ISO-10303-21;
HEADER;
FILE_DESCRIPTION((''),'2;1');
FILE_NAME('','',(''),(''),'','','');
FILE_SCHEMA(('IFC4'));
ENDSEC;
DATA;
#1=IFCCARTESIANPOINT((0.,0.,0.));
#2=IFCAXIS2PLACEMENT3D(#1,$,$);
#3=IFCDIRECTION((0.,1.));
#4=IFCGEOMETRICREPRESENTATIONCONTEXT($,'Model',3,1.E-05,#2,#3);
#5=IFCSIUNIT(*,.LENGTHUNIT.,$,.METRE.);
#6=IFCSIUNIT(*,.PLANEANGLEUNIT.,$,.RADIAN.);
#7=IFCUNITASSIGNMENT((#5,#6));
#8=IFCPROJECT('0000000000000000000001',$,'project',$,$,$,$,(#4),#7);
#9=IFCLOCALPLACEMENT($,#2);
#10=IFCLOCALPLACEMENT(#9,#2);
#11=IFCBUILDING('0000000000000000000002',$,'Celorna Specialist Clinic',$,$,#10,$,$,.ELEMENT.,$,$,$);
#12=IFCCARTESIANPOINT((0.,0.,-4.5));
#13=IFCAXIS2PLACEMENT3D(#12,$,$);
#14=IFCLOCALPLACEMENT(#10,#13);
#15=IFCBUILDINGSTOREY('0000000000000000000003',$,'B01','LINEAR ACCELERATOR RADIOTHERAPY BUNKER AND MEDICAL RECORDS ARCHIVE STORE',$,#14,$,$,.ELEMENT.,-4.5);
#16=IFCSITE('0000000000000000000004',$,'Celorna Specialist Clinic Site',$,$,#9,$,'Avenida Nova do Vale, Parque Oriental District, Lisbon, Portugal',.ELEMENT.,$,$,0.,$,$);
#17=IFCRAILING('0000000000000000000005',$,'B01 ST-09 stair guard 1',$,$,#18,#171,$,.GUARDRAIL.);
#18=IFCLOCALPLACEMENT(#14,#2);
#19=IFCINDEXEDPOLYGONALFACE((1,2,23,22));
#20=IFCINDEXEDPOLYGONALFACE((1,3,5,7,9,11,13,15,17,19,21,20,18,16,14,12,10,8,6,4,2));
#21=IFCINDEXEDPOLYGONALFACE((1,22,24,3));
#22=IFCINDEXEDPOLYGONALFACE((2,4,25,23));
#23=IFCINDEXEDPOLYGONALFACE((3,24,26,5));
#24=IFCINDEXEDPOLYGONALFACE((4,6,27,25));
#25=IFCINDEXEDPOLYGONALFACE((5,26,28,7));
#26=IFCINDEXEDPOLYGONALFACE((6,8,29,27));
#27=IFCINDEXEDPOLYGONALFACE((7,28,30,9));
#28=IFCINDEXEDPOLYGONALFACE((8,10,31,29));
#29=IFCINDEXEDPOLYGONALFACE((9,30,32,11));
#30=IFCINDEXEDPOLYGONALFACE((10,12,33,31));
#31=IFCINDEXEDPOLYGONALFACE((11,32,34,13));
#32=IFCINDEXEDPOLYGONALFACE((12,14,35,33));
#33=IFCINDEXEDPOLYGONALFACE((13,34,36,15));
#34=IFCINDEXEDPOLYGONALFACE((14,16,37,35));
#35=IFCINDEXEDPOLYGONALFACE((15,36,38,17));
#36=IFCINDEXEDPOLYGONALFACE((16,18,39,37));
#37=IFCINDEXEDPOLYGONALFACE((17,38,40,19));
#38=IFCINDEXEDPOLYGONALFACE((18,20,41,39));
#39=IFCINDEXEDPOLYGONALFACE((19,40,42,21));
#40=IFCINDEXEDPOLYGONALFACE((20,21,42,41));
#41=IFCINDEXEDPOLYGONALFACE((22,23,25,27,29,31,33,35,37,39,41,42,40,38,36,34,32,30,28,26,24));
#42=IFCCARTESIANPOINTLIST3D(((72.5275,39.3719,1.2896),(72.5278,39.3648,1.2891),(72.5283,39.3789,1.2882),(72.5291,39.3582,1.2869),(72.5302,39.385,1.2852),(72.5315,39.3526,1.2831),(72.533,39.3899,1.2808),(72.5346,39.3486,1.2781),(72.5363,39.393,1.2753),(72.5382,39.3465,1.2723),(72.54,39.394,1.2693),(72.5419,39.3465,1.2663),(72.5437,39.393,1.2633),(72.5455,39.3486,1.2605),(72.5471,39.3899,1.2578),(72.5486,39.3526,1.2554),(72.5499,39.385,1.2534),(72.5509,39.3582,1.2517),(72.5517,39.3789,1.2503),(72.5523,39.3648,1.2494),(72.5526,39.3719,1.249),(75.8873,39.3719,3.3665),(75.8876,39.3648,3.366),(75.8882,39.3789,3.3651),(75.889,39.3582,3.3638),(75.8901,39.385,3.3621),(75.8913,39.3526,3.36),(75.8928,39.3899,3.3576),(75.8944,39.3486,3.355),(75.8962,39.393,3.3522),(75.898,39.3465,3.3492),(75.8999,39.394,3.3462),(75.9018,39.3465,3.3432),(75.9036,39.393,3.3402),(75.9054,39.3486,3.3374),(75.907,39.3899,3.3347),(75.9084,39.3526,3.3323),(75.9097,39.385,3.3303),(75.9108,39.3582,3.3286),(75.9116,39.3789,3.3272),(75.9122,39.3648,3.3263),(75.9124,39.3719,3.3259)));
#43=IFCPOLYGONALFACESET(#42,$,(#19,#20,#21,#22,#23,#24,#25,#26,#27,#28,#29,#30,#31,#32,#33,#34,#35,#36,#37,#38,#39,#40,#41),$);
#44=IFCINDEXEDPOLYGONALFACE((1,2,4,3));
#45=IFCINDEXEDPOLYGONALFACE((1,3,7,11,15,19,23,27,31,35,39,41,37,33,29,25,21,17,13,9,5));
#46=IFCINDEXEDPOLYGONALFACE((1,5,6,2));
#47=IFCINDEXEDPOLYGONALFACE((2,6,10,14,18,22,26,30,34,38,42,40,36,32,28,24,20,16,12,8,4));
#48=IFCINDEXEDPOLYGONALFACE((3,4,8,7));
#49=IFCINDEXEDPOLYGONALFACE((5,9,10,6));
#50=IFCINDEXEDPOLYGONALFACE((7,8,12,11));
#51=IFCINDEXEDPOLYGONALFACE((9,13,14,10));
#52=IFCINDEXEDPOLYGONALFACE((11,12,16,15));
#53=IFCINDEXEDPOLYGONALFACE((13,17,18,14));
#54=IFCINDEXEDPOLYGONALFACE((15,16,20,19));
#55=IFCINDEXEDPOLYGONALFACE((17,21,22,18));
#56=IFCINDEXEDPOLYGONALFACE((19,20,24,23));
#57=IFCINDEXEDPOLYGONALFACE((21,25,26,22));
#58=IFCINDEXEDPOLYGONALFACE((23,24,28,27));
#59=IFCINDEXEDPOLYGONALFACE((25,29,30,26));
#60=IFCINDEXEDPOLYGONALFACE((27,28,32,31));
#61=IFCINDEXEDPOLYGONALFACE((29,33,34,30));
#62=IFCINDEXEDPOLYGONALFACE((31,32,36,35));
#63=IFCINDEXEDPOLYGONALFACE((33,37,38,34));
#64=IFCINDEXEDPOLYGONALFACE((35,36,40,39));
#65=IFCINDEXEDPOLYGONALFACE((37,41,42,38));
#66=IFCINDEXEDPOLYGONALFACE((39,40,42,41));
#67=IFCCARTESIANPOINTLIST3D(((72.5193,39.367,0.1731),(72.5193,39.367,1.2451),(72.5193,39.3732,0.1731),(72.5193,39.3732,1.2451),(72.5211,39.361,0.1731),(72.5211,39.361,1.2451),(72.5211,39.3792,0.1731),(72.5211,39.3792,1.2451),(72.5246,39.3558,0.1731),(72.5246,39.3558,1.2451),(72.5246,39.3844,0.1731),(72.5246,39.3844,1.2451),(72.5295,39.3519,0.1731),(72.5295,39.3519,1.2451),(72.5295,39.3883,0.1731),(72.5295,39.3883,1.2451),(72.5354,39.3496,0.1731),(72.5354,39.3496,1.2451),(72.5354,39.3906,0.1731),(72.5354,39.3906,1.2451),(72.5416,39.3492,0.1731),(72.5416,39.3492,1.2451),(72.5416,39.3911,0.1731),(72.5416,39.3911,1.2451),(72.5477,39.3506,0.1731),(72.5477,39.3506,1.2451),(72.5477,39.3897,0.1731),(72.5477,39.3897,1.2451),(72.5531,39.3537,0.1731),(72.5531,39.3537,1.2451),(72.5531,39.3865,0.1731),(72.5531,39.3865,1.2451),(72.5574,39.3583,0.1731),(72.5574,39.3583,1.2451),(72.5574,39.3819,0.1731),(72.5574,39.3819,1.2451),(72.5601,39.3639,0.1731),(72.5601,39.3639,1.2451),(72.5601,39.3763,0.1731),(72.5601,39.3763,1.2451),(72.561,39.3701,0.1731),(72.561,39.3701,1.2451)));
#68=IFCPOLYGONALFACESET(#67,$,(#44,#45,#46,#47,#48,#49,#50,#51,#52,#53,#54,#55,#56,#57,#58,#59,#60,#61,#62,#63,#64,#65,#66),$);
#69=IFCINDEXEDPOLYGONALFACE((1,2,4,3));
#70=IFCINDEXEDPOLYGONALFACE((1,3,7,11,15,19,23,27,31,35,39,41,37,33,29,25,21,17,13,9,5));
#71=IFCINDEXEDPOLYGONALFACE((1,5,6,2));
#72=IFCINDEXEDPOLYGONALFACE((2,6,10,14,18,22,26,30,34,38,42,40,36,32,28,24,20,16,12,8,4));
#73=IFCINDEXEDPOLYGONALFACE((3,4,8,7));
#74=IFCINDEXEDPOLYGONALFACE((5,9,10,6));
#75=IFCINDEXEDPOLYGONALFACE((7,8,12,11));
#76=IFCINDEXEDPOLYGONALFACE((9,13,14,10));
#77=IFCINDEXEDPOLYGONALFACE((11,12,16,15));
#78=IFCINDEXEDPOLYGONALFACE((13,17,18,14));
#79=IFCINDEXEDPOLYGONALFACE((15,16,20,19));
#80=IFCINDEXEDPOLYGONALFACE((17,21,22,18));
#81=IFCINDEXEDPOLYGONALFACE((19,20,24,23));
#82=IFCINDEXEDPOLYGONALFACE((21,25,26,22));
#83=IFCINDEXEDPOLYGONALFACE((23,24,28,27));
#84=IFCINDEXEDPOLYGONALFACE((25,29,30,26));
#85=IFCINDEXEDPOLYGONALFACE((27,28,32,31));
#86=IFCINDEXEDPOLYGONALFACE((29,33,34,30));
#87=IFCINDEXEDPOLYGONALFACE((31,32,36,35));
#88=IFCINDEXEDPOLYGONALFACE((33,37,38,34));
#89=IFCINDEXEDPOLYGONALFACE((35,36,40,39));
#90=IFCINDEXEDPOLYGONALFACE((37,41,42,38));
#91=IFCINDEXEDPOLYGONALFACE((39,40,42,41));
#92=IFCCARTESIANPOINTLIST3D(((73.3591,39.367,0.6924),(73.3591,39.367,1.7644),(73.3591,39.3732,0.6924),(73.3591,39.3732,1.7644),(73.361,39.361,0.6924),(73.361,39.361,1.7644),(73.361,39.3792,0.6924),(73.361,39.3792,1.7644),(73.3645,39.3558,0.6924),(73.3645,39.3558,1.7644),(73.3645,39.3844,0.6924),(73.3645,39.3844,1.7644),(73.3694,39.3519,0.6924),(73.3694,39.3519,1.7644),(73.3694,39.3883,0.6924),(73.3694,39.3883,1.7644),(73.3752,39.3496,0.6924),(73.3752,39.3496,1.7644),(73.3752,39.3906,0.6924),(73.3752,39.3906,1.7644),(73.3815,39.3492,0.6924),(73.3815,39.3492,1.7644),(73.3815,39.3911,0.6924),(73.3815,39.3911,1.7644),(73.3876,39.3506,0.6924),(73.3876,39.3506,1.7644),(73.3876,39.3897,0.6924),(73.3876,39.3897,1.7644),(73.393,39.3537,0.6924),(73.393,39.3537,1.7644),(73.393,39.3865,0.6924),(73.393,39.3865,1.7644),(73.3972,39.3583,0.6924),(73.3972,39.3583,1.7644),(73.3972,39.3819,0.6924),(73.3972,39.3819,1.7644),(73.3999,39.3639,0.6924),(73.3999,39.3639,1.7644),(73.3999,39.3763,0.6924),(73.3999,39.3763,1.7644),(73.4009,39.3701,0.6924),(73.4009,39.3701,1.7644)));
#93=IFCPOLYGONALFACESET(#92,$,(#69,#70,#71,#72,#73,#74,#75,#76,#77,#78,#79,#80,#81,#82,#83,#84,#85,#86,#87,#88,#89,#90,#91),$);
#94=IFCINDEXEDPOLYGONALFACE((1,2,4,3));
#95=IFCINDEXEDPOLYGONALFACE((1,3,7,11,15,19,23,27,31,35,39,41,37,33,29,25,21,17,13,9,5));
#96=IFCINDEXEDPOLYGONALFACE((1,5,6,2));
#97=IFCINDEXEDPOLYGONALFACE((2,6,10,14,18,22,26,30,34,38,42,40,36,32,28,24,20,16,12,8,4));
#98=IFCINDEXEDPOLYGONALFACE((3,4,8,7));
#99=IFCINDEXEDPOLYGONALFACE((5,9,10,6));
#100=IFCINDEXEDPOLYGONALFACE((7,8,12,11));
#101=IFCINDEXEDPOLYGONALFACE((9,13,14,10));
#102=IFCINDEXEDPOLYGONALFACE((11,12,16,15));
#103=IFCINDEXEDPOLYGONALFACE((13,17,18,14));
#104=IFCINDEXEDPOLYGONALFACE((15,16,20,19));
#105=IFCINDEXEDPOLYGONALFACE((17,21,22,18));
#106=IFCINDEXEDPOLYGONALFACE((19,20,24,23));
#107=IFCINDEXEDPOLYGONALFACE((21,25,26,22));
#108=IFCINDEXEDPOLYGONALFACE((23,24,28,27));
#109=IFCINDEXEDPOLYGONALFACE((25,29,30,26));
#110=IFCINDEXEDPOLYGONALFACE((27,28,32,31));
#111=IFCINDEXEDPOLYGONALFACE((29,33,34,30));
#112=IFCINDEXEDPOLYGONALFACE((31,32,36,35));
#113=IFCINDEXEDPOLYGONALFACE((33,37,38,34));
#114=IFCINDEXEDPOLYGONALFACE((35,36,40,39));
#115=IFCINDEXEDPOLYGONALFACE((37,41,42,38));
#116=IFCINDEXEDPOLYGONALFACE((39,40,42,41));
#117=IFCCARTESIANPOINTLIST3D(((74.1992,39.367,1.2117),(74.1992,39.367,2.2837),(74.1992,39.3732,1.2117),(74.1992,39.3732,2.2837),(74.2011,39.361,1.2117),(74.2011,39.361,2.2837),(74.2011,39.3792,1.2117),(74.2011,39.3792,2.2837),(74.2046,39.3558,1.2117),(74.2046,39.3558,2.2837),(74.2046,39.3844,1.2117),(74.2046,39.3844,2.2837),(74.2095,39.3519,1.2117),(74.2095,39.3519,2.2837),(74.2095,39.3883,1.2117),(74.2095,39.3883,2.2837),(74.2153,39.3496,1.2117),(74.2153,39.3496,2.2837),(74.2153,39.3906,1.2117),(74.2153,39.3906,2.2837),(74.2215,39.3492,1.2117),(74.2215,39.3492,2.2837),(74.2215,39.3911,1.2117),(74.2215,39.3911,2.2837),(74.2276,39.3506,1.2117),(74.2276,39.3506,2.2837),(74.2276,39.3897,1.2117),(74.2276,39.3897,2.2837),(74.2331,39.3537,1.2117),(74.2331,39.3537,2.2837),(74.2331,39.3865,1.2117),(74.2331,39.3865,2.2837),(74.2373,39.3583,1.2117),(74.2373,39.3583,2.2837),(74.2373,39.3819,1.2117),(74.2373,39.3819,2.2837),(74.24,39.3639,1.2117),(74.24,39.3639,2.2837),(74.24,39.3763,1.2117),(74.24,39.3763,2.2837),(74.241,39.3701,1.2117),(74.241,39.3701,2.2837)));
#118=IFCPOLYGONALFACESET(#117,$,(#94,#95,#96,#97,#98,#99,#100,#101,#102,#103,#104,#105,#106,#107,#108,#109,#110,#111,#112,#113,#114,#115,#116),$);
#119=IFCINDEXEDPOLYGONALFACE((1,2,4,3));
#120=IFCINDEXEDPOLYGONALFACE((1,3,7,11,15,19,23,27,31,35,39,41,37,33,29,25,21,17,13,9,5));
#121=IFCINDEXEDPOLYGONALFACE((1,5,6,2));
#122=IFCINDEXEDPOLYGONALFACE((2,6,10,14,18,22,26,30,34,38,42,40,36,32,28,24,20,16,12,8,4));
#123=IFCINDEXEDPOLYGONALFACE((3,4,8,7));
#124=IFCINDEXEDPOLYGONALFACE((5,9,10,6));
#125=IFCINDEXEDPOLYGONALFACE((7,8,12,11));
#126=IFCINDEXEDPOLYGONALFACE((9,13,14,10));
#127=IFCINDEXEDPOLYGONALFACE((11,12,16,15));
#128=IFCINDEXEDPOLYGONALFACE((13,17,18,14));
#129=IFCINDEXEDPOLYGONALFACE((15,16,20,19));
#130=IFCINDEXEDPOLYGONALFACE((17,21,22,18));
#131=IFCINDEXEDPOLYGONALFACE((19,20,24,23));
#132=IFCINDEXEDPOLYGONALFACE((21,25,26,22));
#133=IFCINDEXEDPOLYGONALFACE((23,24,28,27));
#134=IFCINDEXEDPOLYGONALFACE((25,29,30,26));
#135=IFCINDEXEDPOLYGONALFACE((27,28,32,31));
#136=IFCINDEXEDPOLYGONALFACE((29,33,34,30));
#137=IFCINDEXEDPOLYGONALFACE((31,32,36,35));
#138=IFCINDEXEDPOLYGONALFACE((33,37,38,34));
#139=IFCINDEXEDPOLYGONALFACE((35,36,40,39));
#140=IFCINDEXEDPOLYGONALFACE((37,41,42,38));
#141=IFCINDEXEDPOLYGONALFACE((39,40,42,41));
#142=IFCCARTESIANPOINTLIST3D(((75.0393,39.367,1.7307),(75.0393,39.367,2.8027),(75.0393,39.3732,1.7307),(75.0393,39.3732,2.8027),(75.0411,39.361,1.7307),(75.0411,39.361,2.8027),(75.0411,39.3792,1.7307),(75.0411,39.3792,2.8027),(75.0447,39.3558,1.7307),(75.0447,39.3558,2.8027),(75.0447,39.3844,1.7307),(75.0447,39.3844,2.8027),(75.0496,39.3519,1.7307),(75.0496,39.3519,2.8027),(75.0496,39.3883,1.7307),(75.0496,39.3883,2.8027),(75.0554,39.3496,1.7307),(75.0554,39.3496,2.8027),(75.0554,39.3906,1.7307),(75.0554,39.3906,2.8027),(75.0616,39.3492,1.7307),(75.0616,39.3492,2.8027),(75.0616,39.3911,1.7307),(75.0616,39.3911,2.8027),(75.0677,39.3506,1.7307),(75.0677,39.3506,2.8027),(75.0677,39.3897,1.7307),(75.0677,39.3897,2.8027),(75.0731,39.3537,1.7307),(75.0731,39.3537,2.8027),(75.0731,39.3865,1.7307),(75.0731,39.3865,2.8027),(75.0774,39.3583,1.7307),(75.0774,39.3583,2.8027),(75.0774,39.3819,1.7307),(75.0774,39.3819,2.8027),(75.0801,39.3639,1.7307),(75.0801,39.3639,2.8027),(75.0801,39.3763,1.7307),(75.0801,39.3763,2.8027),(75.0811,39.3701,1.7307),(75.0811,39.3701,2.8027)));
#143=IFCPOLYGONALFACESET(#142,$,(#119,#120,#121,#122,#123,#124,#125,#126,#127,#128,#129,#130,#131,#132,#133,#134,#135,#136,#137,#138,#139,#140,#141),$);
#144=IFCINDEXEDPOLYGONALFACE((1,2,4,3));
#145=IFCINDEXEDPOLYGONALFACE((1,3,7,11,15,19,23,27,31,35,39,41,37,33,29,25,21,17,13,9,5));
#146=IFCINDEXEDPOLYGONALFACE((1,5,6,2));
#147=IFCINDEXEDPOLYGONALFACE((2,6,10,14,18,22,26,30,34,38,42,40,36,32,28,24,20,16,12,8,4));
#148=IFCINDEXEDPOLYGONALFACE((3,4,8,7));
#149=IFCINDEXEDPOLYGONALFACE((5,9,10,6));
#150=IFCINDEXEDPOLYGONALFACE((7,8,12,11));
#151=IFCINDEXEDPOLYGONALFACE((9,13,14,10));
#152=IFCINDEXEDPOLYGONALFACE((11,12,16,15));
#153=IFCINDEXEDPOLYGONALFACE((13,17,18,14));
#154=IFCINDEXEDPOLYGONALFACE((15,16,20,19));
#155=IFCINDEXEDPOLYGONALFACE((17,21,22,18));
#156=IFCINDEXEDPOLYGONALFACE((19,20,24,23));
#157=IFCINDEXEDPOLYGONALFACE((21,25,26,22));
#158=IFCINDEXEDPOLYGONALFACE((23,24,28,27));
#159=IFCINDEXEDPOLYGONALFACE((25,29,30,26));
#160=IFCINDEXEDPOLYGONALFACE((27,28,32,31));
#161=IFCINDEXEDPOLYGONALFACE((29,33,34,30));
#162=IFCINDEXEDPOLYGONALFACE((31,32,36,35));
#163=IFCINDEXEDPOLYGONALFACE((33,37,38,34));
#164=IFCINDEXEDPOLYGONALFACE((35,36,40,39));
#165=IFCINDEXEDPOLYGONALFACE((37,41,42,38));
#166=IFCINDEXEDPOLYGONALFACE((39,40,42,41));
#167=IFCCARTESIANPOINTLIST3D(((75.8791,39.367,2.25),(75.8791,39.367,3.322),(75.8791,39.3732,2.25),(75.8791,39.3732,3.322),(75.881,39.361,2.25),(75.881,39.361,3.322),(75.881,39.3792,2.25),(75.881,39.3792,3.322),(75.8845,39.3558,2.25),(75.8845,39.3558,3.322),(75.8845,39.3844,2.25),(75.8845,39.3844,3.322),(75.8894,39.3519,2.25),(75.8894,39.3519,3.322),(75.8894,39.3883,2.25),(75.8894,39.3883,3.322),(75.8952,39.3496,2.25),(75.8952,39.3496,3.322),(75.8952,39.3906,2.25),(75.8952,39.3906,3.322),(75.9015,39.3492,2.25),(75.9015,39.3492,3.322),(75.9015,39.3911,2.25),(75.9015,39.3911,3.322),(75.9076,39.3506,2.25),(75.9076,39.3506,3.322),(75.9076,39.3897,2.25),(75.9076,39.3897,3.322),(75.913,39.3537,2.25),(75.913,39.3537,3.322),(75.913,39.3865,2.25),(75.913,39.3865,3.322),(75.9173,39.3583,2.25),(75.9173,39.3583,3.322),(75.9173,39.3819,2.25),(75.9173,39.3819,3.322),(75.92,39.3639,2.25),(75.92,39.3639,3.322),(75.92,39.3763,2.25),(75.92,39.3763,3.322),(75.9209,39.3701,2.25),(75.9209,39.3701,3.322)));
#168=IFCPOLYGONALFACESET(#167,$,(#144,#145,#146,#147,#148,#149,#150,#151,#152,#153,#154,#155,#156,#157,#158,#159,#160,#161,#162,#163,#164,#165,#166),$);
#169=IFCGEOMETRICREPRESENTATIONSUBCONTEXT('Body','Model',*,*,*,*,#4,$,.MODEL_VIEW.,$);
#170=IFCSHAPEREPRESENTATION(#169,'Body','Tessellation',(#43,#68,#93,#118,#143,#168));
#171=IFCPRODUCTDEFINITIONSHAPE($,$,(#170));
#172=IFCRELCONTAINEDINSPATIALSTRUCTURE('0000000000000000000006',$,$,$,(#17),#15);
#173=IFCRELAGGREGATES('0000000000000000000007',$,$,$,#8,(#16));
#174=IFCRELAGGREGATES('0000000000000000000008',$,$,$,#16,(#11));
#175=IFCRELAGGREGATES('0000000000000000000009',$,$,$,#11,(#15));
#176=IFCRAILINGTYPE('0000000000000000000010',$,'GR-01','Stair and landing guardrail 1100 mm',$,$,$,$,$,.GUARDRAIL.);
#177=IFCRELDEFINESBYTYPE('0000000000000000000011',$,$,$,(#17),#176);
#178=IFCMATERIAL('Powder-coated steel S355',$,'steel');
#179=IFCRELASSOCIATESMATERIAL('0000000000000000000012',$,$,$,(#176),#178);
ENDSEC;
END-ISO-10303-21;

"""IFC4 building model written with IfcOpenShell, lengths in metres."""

from ifc_helpers import new_model, si_unit, direction, frame, origin, origin_2d, place, context, subcontext, project, spatial, circle, extrude, material, type_object, element, save


model = new_model("IFC4")

# Units and contexts
model_context = context("Model", 3, precision=1e-05, world=origin(), true_north=direction((0.0, 1.0)))
body_context = subcontext(model_context, "Body", "Model", "MODEL_VIEW")
ifc_project = project(units=[si_unit("LENGTHUNIT", "METRE"), si_unit("PLANEANGLEUNIT", "RADIAN")], contexts=[model_context])

# Site, building, storey
site_placement = place(None, origin())
site = spatial("IfcSite", under=ifc_project, at=site_placement, Name="Celorna Specialist Clinic Site", LongName="Avenida Nova do Vale, Parque Oriental District, Lisbon, Portugal", CompositionType="ELEMENT", RefElevation=0.0)
building_placement = place(site_placement, origin())
building = spatial("IfcBuilding", under=site, at=building_placement, Name="Celorna Specialist Clinic", CompositionType="ELEMENT")
storey_placement = place(building_placement, frame((0.0, 0.0, -4.5)))
storey = spatial("IfcBuildingStorey", under=building, at=storey_placement, Name="B01", Description="LINEAR ACCELERATOR RADIOTHERAPY BUNKER AND MEDICAL RECORDS ARCHIVE STORE", CompositionType="ELEMENT", Elevation=-4.5)

# Railing
ifc_material_1 = material(Name="Powder-coated steel S355", Category="steel")
railing_type_1 = type_object("IfcRailingType", Name="GR-01", Description="Stair and landing guardrail 1100 mm", PredefinedType="GUARDRAIL", material=ifc_material_1)
railing_1_placement = place(storey_placement, frame((72.54, 39.3701, 0.1731)))
element("IfcRailing", 1, at=railing_1_placement, inside=storey, type_object=railing_type_1, Name="B01 ST-09 stair guard 1", PredefinedType="GUARDRAIL", context=body_context, shape_type="SweptSolid", body=[
    extrude(circle(Radius=0.0239, at=origin_2d()), frame((0.0, 0.0, 1.0962), z_axis=(0.850606, 0.0, 0.525803), x_axis=(0.0, 1.0, 0.0)), (0.0, 0.0, 1.0), 3.95),
    extrude(circle(Radius=0.021, at=origin_2d()), origin(), (0.0, 0.0, 1.0), 1.072),
    extrude(circle(Radius=0.021, at=origin_2d()), frame((0.8398, 0.0, 0.5193)), (0.0, 0.0, 1.0), 1.072),
    extrude(circle(Radius=0.021, at=origin_2d()), frame((1.6799, 0.0, 1.0386)), (0.0, 0.0, 1.0), 1.072),
    extrude(circle(Radius=0.021, at=origin_2d()), frame((2.52, 0.0, 1.5576)), (0.0, 0.0, 1.0), 1.072),
    extrude(circle(Radius=0.021, at=origin_2d()), frame((3.3599, 0.0, 2.0769)), (0.0, 0.0, 1.0), 1.072),
])

save(model, "model.ifc")
